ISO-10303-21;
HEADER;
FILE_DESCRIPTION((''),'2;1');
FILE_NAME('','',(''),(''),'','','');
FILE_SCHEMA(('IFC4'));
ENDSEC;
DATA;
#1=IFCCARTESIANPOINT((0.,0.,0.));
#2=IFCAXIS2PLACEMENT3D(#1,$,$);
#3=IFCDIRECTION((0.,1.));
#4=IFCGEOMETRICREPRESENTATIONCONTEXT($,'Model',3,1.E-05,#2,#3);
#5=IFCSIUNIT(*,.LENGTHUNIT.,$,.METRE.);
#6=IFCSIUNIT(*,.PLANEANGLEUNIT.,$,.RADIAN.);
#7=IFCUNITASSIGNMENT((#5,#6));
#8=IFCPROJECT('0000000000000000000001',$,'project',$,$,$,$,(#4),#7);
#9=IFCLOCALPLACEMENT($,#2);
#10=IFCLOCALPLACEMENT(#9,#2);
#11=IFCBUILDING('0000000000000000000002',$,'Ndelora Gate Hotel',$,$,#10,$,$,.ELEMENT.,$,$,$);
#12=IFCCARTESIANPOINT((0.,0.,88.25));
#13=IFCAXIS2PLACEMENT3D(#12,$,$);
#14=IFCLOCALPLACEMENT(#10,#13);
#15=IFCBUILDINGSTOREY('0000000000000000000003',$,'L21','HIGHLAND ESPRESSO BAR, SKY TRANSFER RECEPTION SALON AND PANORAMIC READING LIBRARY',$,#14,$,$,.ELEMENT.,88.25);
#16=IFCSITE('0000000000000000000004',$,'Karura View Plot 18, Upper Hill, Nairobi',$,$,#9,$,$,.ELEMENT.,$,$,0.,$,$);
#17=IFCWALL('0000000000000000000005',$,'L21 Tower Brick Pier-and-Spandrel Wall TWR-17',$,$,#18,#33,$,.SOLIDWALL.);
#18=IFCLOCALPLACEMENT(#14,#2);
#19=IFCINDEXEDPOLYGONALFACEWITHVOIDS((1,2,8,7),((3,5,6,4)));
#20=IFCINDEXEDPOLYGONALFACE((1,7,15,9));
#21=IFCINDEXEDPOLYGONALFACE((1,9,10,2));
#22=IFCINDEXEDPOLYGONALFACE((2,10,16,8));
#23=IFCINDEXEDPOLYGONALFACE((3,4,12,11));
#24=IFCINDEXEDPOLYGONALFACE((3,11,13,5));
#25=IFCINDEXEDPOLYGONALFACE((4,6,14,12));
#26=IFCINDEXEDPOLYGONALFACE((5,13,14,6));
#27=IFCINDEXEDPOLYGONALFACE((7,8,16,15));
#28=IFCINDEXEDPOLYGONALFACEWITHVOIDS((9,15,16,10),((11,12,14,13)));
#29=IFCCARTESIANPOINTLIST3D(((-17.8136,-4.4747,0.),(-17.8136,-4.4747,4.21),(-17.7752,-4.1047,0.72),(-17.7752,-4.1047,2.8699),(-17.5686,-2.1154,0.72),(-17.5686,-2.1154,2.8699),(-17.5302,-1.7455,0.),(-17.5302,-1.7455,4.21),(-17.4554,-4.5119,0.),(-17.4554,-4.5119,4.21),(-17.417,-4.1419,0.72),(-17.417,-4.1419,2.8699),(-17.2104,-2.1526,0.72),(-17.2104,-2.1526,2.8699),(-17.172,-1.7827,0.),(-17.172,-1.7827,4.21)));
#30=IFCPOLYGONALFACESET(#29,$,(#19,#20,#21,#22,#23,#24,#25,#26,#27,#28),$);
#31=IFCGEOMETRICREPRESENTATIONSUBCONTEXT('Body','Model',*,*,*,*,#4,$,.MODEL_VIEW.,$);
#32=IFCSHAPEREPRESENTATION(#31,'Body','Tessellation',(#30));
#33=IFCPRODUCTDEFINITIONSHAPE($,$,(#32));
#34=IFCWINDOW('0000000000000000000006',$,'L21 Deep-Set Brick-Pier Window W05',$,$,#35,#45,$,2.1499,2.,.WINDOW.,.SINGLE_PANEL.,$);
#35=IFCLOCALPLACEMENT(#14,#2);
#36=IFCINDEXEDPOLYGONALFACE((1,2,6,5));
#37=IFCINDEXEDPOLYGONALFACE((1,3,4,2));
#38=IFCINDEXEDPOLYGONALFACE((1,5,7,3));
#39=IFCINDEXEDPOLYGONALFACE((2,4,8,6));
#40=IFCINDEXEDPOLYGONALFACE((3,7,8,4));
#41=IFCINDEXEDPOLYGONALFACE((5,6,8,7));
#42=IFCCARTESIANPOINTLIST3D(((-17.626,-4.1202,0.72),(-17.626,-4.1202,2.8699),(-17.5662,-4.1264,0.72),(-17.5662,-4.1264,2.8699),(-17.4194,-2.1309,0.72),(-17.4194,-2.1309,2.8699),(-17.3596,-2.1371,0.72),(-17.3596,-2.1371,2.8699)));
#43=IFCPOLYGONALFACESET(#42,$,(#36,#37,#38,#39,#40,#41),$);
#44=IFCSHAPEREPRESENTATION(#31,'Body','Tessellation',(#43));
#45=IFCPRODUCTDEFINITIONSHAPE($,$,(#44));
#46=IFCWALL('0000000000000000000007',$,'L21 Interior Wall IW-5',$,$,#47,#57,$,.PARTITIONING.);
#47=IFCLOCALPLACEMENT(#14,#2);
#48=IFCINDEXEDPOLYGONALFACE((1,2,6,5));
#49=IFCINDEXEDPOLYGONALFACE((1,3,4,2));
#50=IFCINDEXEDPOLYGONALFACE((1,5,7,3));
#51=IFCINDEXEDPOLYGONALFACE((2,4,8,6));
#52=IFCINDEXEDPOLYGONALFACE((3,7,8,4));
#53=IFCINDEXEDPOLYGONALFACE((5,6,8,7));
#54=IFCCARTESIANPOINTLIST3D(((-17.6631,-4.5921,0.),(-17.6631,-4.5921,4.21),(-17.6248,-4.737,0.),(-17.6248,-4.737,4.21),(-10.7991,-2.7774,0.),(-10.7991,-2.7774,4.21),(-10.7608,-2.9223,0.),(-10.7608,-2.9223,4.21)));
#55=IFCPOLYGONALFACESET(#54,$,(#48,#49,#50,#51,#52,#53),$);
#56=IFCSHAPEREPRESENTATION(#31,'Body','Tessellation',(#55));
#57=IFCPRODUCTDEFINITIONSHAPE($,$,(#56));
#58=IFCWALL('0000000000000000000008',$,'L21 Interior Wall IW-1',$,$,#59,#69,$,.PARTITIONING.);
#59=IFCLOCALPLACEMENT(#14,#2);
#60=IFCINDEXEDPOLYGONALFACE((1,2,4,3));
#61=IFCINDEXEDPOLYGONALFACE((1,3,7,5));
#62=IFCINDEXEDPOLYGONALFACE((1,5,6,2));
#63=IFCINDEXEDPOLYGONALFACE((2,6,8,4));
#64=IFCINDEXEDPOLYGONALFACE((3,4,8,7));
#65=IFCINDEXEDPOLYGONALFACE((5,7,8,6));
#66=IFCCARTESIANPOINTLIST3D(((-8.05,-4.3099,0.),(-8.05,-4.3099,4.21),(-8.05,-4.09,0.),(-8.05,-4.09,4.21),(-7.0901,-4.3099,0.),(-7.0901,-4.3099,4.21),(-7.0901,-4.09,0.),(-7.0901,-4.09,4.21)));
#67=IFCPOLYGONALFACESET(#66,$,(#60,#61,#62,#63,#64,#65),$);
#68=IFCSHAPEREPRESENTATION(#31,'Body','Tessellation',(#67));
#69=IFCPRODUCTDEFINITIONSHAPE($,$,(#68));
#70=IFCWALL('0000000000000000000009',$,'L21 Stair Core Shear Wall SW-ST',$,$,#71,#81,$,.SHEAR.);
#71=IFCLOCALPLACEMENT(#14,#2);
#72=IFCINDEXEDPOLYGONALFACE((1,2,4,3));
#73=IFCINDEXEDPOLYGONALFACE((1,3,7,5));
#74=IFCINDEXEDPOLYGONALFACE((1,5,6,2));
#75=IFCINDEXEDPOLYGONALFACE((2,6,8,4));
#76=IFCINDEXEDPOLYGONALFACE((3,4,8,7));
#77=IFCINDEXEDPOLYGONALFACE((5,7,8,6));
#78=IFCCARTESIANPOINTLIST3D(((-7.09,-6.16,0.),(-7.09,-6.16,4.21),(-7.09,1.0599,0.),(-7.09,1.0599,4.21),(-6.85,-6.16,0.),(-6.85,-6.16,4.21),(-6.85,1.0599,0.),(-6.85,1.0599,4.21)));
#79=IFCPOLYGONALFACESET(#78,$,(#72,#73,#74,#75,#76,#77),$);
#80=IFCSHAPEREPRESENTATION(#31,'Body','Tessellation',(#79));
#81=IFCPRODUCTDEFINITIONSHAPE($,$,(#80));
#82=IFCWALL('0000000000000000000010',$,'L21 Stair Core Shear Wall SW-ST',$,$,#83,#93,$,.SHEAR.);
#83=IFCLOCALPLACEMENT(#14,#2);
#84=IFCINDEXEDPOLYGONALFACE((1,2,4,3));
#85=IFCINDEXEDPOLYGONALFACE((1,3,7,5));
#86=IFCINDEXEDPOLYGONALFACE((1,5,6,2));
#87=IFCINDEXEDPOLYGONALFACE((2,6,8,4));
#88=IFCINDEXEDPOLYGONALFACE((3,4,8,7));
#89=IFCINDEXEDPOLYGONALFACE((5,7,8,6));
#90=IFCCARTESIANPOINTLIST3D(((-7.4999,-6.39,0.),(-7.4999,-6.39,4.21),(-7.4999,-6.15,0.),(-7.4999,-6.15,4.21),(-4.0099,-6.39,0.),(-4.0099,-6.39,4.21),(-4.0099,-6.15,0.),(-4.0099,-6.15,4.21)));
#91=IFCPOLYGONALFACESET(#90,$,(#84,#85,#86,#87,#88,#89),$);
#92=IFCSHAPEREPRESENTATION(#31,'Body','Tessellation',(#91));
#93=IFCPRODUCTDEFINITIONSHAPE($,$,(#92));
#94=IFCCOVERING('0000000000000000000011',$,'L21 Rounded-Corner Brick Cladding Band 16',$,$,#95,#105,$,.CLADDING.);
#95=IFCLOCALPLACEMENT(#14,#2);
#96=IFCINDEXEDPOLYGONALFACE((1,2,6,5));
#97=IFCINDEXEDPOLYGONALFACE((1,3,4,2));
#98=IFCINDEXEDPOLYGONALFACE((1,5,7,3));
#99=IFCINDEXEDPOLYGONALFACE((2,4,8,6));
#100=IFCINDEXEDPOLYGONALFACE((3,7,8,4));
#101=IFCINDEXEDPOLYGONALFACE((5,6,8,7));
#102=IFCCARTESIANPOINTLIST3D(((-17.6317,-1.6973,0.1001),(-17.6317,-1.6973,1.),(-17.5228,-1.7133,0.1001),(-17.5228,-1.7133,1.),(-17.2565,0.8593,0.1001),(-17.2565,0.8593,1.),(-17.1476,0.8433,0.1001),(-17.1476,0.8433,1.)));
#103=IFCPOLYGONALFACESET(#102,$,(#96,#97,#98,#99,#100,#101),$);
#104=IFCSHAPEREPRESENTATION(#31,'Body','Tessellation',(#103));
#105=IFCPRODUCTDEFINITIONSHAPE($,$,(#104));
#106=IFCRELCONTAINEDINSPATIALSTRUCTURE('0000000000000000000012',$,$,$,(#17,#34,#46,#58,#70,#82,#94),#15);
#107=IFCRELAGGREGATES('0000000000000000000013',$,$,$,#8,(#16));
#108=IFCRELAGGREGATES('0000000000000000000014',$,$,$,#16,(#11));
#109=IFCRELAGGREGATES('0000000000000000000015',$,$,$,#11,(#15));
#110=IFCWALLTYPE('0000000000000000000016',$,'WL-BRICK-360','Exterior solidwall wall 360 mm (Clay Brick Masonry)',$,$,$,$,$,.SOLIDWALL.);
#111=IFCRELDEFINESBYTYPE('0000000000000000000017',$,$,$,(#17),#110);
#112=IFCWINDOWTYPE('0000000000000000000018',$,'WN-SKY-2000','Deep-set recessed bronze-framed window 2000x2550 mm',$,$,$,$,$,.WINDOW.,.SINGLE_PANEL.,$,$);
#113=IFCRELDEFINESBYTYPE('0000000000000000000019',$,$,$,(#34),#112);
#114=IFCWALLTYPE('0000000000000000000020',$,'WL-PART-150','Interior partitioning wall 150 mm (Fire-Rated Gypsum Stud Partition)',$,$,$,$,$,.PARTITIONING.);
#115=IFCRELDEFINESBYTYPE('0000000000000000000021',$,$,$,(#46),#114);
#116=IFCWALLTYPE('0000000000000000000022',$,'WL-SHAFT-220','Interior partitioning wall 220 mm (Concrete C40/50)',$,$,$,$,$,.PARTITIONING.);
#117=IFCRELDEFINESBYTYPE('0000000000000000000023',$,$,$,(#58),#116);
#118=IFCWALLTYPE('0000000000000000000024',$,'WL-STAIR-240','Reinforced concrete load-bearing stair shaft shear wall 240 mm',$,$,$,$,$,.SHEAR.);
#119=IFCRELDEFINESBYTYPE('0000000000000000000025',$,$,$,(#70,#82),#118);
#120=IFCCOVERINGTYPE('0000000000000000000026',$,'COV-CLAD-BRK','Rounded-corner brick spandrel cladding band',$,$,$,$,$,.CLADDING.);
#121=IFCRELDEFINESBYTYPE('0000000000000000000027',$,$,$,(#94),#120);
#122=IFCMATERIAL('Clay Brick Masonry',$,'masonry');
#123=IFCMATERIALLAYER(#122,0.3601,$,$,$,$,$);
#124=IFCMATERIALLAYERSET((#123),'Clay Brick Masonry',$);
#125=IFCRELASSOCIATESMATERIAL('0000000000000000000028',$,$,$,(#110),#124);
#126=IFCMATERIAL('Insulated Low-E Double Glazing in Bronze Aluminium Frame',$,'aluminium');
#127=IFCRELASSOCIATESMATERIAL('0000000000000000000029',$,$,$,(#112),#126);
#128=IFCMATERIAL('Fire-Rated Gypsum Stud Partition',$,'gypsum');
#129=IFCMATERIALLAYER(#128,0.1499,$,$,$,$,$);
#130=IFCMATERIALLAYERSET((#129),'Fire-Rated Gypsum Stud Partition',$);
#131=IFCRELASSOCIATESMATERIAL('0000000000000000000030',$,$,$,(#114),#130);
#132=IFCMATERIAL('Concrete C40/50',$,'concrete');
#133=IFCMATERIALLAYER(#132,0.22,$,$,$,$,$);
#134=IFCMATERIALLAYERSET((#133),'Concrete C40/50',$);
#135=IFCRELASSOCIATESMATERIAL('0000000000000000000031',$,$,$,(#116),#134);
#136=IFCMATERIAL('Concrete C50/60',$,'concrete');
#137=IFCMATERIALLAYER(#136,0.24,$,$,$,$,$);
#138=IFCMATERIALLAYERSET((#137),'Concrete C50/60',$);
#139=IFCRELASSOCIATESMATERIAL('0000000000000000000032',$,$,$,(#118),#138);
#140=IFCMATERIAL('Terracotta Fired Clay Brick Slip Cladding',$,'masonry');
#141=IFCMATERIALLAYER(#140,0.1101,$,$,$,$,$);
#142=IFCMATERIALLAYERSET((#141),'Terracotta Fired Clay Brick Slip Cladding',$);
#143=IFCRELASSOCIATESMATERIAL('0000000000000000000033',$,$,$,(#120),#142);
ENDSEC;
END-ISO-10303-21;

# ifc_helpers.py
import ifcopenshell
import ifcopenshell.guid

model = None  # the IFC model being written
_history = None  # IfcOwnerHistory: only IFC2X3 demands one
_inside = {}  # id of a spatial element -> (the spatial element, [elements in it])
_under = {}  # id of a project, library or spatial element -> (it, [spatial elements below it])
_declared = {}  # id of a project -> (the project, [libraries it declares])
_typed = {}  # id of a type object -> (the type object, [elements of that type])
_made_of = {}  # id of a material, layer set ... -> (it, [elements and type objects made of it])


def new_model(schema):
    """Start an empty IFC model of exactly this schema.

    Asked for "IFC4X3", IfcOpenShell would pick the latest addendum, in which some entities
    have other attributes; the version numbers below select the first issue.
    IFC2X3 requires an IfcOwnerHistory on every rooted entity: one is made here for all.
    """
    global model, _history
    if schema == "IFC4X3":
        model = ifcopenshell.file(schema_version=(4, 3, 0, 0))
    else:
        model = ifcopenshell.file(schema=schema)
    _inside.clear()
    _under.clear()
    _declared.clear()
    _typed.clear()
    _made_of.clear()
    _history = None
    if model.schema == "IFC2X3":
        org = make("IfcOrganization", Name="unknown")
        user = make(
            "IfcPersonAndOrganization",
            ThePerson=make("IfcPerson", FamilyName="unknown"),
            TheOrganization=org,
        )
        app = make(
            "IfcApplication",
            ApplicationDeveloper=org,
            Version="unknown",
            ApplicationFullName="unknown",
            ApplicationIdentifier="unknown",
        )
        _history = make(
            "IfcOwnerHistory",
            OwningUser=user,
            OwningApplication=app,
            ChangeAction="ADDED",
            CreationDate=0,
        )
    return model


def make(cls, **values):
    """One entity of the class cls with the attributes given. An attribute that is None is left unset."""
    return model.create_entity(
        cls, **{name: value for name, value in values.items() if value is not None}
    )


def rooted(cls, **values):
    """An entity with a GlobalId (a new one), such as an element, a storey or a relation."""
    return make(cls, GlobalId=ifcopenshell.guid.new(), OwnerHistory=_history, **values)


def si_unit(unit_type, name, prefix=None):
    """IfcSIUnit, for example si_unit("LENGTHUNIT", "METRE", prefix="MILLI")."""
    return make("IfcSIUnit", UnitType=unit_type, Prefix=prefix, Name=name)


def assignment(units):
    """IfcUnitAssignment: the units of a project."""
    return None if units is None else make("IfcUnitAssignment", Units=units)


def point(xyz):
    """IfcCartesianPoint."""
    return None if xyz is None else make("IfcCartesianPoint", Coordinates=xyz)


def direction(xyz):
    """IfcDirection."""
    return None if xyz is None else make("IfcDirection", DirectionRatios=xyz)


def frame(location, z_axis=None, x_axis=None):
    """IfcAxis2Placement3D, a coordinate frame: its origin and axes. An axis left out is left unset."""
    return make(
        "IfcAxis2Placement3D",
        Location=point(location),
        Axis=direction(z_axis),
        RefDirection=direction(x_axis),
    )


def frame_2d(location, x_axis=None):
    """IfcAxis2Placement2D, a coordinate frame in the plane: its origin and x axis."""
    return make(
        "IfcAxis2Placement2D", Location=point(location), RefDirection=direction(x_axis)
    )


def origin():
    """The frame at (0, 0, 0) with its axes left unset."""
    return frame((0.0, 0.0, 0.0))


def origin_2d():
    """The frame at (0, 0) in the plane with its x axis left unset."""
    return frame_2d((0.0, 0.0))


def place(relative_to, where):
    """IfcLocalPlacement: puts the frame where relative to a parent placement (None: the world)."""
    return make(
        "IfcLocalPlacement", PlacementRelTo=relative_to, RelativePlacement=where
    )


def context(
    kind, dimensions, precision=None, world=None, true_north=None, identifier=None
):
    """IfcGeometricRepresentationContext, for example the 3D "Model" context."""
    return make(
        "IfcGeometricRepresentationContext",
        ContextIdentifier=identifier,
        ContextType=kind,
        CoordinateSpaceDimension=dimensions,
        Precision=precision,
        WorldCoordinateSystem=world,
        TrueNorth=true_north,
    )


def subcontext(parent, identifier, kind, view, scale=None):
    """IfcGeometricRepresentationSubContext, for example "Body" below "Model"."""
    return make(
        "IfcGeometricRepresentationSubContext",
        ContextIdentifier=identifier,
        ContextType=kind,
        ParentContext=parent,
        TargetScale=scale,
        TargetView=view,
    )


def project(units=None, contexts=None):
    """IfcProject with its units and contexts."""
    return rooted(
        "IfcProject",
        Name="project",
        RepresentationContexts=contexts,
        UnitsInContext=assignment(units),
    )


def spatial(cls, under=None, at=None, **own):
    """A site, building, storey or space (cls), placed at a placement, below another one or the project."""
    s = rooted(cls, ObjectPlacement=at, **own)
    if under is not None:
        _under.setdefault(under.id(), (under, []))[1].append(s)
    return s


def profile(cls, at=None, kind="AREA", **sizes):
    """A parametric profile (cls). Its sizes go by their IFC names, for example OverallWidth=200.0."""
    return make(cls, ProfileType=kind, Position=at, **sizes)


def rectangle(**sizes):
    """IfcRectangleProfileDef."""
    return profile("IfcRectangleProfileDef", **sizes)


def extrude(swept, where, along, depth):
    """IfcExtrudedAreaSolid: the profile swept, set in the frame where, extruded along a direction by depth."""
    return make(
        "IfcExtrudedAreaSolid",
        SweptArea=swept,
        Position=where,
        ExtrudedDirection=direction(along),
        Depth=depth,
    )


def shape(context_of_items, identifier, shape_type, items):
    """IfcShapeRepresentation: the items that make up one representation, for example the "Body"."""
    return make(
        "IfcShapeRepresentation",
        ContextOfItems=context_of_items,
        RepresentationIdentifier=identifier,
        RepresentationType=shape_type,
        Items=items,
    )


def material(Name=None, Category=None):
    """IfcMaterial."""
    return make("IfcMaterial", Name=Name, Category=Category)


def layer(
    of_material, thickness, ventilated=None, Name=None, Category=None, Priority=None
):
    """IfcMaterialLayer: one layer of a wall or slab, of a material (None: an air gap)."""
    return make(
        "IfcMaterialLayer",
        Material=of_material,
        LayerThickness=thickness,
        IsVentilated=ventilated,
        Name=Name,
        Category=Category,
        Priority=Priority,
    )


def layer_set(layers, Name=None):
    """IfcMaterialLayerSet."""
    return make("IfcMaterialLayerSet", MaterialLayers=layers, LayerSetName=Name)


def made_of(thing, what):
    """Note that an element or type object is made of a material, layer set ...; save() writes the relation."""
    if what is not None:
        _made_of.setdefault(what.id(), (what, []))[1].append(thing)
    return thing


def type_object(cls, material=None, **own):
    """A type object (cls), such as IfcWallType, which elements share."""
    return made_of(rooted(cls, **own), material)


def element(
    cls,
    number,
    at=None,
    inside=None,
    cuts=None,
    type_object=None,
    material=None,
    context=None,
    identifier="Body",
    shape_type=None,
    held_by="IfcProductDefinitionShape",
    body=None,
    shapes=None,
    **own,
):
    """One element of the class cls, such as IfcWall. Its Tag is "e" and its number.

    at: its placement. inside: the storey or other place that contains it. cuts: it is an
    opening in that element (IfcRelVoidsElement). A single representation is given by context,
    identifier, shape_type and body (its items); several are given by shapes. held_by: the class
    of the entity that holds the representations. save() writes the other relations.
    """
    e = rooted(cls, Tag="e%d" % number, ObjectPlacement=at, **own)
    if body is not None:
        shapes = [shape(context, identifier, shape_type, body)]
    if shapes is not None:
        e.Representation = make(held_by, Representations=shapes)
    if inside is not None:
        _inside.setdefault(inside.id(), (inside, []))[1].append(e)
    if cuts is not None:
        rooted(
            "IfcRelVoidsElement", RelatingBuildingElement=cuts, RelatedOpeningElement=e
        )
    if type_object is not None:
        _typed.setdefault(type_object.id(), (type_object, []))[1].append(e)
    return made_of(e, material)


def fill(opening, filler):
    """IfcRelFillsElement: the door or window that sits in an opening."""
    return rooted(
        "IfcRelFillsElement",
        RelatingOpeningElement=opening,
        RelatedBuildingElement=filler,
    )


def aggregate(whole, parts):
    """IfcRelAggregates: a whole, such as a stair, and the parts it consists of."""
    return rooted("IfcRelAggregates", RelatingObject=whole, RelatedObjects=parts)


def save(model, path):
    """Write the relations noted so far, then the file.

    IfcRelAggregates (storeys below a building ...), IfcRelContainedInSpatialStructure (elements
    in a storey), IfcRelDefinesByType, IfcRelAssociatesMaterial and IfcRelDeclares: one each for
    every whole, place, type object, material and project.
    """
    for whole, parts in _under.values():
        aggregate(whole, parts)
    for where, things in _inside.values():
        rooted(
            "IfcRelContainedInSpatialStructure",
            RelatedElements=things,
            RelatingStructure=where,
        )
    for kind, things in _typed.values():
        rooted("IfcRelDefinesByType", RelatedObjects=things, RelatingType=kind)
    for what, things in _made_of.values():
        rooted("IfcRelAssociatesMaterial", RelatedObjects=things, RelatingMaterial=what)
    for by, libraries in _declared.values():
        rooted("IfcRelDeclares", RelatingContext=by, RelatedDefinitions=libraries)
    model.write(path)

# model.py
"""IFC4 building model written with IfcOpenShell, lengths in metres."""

from ifc_helpers import new_model, si_unit, direction, frame, frame_2d, origin, origin_2d, place, context, subcontext, project, spatial, rectangle, extrude, material, layer, layer_set, type_object, element, fill, save


model = new_model("IFC4")

# Units and contexts
model_context = context("Model", 3, precision=1e-05, world=origin(), true_north=direction((0.0, 1.0)))
body_context = subcontext(model_context, "Body", "Model", "MODEL_VIEW")
ifc_project = project(units=[si_unit("LENGTHUNIT", "METRE"), si_unit("PLANEANGLEUNIT", "RADIAN")], contexts=[model_context])

# Site, building, storey
site_placement = place(None, origin())
site = spatial("IfcSite", under=ifc_project, at=site_placement, Name="Karura View Plot 18, Upper Hill, Nairobi", CompositionType="ELEMENT", RefElevation=0.0)
building_placement = place(site_placement, origin())
building = spatial("IfcBuilding", under=site, at=building_placement, Name="Ndelora Gate Hotel", CompositionType="ELEMENT")
storey_placement = place(building_placement, frame((0.0, 0.0, 88.25)))
storey = spatial("IfcBuildingStorey", under=building, at=storey_placement, Name="L21", Description="HIGHLAND ESPRESSO BAR, SKY TRANSFER RECEPTION SALON AND PANORAMIC READING LIBRARY", CompositionType="ELEMENT", Elevation=88.25)

# Shared definitions
ifc_material_1 = material(Name="Clay Brick Masonry", Category="masonry")
ifc_layer_1 = layer(ifc_material_1, 0.3601)
ifc_layer_set_1 = layer_set([ifc_layer_1], Name="Clay Brick Masonry")
wall_type_1 = type_object("IfcWallType", Name="WL-BRICK-360", Description="Exterior solidwall wall 360 mm (Clay Brick Masonry)", PredefinedType="SOLIDWALL", material=ifc_layer_set_1)

# Wall, opening, window
wall_1_placement = place(storey_placement, frame((-17.6345, -4.4934, 0.0), z_axis=(0.0, 0.0, 1.0), x_axis=(0.1033, 0.99465, 0.0)))
wall_1 = element("IfcWall", 1, at=wall_1_placement, inside=storey, type_object=wall_type_1, Name="L21 Tower Brick Pier-and-Spandrel Wall TWR-17", PredefinedType="SOLIDWALL", context=body_context, shape_type="SweptSolid", body=[
    extrude(rectangle(XDim=2.7439, YDim=0.3601, at=frame_2d((1.3721, 0.0))), origin(), (0.0, 0.0, 1.0), 4.21),
])
opening_placement = place(wall_1_placement, frame((0.3721, 0.0, 0.72)))
opening = element("IfcOpeningElement", 2, at=opening_placement, cuts=wall_1, PredefinedType="OPENING", context=body_context, shape_type="SweptSolid", body=[
    extrude(rectangle(XDim=2.0, YDim=2.1499, at=frame_2d((1.0, 1.075))), frame((0.0, 0.1899, 0.0), z_axis=(0.0, -1.0, 0.0), x_axis=(1.0, 0.0, 0.0)), (0.0, 0.0, 1.0), 0.3801),
])
ifc_material_2 = material(Name="Insulated Low-E Double Glazing in Bronze Aluminium Frame", Category="aluminium")
window_type = type_object("IfcWindowType", Name="WN-SKY-2000", Description="Deep-set recessed bronze-framed window 2000x2550 mm", PartitioningType="SINGLE_PANEL", PredefinedType="WINDOW", material=ifc_material_2)
window_placement = place(opening_placement, origin())
window = element("IfcWindow", 3, at=window_placement, inside=storey, type_object=window_type, Name="L21 Deep-Set Brick-Pier Window W05", OverallHeight=2.1499, OverallWidth=2.0, PartitioningType="SINGLE_PANEL", PredefinedType="WINDOW", context=body_context, shape_type="SweptSolid", body=[
    extrude(rectangle(XDim=2.0, YDim=2.1499, at=frame_2d((1.0, 1.075))), frame((0.0, 0.03, 0.0), z_axis=(0.0, -1.0, 0.0), x_axis=(1.0, 0.0, 0.0)), (0.0, 0.0, 1.0), 0.0601),
])
fill(opening, window)

# Walls
ifc_material_3 = material(Name="Fire-Rated Gypsum Stud Partition", Category="gypsum")
ifc_layer_2 = layer(ifc_material_3, 0.1499)
ifc_layer_set_2 = layer_set([ifc_layer_2], Name="Fire-Rated Gypsum Stud Partition")
wall_type_2 = type_object("IfcWallType", Name="WL-PART-150", Description="Interior partitioning wall 150 mm (Fire-Rated Gypsum Stud Partition)", PredefinedType="PARTITIONING", material=ifc_layer_set_2)
wall_2_placement = place(storey_placement, frame((-10.78, -2.8499, 0.0), z_axis=(0.0, 0.0, 1.0), x_axis=(-0.966783, -0.255597, 0.0)))
element("IfcWall", 4, at=wall_2_placement, inside=storey, type_object=wall_type_2, Name="L21 Interior Wall IW-5", PredefinedType="PARTITIONING", context=body_context, shape_type="SweptSolid", body=[
    extrude(rectangle(XDim=7.0999, YDim=0.1499, at=frame_2d((3.5498, 0.0))), origin(), (0.0, 0.0, 1.0), 4.21),
])
ifc_material_4 = material(Name="Concrete C40/50", Category="concrete")
ifc_layer_3 = layer(ifc_material_4, 0.22)
ifc_layer_set_3 = layer_set([ifc_layer_3], Name="Concrete C40/50")
wall_type_3 = type_object("IfcWallType", Name="WL-SHAFT-220", Description="Interior partitioning wall 220 mm (Concrete C40/50)", PredefinedType="PARTITIONING", material=ifc_layer_set_3)
wall_3_placement = place(storey_placement, frame((-8.05, -4.2, 0.0), z_axis=(0.0, 0.0, 1.0), x_axis=(1.0, 0.0, 0.0)))
element("IfcWall", 5, at=wall_3_placement, inside=storey, type_object=wall_type_3, Name="L21 Interior Wall IW-1", PredefinedType="PARTITIONING", context=body_context, shape_type="SweptSolid", body=[
    extrude(rectangle(XDim=0.96, YDim=0.22, at=frame_2d((0.48, 0.0))), origin(), (0.0, 0.0, 1.0), 4.21),
])
ifc_material_5 = material(Name="Concrete C50/60", Category="concrete")
ifc_layer_4 = layer(ifc_material_5, 0.24)
ifc_layer_set_4 = layer_set([ifc_layer_4], Name="Concrete C50/60")
wall_type_4 = type_object("IfcWallType", Name="WL-STAIR-240", Description="Reinforced concrete load-bearing stair shaft shear wall 240 mm", PredefinedType="SHEAR", material=ifc_layer_set_4)
wall_4_placement = place(storey_placement, frame((-6.97, -6.1599, 0.0), z_axis=(0.0, 0.0, 1.0), x_axis=(0.0, 1.0, 0.0)))
element("IfcWall", 6, at=wall_4_placement, inside=storey, type_object=wall_type_4, Name="L21 Stair Core Shear Wall SW-ST", PredefinedType="SHEAR", context=body_context, shape_type="SweptSolid", body=[
    extrude(rectangle(XDim=7.22, YDim=0.24, at=frame_2d((3.6099, 0.0))), origin(), (0.0, 0.0, 1.0), 4.21),
])
wall_5_placement = place(storey_placement, frame((-7.5, -6.27, 0.0), z_axis=(0.0, 0.0, 1.0), x_axis=(1.0, 0.0, 0.0)))
element("IfcWall", 7, at=wall_5_placement, inside=storey, type_object=wall_type_4, Name="L21 Stair Core Shear Wall SW-ST", PredefinedType="SHEAR", context=body_context, shape_type="SweptSolid", body=[
    extrude(rectangle(XDim=3.49, YDim=0.24, at=frame_2d((1.7451, 0.0))), origin(), (0.0, 0.0, 1.0), 4.21),
])

# Covering
ifc_material_6 = material(Name="Terracotta Fired Clay Brick Slip Cladding", Category="masonry")
ifc_layer_5 = layer(ifc_material_6, 0.1101)
ifc_layer_set_5 = layer_set([ifc_layer_5], Name="Terracotta Fired Clay Brick Slip Cladding")
covering_type = type_object("IfcCoveringType", Name="COV-CLAD-BRK", Description="Rounded-corner brick spandrel cladding band", PredefinedType="CLADDING", material=ifc_layer_set_5)
covering_placement = place(storey_placement, frame((-17.3896, -0.427, 0.1001), z_axis=(0.0, 0.0, 1.0), x_axis=(0.14522, 0.989399, 0.0)))
element("IfcCovering", 8, at=covering_placement, inside=storey, type_object=covering_type, Name="L21 Rounded-Corner Brick Cladding Band 16", PredefinedType="CLADDING", context=body_context, shape_type="SweptSolid", body=[
    extrude(rectangle(XDim=2.584, YDim=0.1101, at=origin_2d()), origin(), (0.0, 0.0, 1.0), 0.8999),
])

save(model, "model.ifc")
